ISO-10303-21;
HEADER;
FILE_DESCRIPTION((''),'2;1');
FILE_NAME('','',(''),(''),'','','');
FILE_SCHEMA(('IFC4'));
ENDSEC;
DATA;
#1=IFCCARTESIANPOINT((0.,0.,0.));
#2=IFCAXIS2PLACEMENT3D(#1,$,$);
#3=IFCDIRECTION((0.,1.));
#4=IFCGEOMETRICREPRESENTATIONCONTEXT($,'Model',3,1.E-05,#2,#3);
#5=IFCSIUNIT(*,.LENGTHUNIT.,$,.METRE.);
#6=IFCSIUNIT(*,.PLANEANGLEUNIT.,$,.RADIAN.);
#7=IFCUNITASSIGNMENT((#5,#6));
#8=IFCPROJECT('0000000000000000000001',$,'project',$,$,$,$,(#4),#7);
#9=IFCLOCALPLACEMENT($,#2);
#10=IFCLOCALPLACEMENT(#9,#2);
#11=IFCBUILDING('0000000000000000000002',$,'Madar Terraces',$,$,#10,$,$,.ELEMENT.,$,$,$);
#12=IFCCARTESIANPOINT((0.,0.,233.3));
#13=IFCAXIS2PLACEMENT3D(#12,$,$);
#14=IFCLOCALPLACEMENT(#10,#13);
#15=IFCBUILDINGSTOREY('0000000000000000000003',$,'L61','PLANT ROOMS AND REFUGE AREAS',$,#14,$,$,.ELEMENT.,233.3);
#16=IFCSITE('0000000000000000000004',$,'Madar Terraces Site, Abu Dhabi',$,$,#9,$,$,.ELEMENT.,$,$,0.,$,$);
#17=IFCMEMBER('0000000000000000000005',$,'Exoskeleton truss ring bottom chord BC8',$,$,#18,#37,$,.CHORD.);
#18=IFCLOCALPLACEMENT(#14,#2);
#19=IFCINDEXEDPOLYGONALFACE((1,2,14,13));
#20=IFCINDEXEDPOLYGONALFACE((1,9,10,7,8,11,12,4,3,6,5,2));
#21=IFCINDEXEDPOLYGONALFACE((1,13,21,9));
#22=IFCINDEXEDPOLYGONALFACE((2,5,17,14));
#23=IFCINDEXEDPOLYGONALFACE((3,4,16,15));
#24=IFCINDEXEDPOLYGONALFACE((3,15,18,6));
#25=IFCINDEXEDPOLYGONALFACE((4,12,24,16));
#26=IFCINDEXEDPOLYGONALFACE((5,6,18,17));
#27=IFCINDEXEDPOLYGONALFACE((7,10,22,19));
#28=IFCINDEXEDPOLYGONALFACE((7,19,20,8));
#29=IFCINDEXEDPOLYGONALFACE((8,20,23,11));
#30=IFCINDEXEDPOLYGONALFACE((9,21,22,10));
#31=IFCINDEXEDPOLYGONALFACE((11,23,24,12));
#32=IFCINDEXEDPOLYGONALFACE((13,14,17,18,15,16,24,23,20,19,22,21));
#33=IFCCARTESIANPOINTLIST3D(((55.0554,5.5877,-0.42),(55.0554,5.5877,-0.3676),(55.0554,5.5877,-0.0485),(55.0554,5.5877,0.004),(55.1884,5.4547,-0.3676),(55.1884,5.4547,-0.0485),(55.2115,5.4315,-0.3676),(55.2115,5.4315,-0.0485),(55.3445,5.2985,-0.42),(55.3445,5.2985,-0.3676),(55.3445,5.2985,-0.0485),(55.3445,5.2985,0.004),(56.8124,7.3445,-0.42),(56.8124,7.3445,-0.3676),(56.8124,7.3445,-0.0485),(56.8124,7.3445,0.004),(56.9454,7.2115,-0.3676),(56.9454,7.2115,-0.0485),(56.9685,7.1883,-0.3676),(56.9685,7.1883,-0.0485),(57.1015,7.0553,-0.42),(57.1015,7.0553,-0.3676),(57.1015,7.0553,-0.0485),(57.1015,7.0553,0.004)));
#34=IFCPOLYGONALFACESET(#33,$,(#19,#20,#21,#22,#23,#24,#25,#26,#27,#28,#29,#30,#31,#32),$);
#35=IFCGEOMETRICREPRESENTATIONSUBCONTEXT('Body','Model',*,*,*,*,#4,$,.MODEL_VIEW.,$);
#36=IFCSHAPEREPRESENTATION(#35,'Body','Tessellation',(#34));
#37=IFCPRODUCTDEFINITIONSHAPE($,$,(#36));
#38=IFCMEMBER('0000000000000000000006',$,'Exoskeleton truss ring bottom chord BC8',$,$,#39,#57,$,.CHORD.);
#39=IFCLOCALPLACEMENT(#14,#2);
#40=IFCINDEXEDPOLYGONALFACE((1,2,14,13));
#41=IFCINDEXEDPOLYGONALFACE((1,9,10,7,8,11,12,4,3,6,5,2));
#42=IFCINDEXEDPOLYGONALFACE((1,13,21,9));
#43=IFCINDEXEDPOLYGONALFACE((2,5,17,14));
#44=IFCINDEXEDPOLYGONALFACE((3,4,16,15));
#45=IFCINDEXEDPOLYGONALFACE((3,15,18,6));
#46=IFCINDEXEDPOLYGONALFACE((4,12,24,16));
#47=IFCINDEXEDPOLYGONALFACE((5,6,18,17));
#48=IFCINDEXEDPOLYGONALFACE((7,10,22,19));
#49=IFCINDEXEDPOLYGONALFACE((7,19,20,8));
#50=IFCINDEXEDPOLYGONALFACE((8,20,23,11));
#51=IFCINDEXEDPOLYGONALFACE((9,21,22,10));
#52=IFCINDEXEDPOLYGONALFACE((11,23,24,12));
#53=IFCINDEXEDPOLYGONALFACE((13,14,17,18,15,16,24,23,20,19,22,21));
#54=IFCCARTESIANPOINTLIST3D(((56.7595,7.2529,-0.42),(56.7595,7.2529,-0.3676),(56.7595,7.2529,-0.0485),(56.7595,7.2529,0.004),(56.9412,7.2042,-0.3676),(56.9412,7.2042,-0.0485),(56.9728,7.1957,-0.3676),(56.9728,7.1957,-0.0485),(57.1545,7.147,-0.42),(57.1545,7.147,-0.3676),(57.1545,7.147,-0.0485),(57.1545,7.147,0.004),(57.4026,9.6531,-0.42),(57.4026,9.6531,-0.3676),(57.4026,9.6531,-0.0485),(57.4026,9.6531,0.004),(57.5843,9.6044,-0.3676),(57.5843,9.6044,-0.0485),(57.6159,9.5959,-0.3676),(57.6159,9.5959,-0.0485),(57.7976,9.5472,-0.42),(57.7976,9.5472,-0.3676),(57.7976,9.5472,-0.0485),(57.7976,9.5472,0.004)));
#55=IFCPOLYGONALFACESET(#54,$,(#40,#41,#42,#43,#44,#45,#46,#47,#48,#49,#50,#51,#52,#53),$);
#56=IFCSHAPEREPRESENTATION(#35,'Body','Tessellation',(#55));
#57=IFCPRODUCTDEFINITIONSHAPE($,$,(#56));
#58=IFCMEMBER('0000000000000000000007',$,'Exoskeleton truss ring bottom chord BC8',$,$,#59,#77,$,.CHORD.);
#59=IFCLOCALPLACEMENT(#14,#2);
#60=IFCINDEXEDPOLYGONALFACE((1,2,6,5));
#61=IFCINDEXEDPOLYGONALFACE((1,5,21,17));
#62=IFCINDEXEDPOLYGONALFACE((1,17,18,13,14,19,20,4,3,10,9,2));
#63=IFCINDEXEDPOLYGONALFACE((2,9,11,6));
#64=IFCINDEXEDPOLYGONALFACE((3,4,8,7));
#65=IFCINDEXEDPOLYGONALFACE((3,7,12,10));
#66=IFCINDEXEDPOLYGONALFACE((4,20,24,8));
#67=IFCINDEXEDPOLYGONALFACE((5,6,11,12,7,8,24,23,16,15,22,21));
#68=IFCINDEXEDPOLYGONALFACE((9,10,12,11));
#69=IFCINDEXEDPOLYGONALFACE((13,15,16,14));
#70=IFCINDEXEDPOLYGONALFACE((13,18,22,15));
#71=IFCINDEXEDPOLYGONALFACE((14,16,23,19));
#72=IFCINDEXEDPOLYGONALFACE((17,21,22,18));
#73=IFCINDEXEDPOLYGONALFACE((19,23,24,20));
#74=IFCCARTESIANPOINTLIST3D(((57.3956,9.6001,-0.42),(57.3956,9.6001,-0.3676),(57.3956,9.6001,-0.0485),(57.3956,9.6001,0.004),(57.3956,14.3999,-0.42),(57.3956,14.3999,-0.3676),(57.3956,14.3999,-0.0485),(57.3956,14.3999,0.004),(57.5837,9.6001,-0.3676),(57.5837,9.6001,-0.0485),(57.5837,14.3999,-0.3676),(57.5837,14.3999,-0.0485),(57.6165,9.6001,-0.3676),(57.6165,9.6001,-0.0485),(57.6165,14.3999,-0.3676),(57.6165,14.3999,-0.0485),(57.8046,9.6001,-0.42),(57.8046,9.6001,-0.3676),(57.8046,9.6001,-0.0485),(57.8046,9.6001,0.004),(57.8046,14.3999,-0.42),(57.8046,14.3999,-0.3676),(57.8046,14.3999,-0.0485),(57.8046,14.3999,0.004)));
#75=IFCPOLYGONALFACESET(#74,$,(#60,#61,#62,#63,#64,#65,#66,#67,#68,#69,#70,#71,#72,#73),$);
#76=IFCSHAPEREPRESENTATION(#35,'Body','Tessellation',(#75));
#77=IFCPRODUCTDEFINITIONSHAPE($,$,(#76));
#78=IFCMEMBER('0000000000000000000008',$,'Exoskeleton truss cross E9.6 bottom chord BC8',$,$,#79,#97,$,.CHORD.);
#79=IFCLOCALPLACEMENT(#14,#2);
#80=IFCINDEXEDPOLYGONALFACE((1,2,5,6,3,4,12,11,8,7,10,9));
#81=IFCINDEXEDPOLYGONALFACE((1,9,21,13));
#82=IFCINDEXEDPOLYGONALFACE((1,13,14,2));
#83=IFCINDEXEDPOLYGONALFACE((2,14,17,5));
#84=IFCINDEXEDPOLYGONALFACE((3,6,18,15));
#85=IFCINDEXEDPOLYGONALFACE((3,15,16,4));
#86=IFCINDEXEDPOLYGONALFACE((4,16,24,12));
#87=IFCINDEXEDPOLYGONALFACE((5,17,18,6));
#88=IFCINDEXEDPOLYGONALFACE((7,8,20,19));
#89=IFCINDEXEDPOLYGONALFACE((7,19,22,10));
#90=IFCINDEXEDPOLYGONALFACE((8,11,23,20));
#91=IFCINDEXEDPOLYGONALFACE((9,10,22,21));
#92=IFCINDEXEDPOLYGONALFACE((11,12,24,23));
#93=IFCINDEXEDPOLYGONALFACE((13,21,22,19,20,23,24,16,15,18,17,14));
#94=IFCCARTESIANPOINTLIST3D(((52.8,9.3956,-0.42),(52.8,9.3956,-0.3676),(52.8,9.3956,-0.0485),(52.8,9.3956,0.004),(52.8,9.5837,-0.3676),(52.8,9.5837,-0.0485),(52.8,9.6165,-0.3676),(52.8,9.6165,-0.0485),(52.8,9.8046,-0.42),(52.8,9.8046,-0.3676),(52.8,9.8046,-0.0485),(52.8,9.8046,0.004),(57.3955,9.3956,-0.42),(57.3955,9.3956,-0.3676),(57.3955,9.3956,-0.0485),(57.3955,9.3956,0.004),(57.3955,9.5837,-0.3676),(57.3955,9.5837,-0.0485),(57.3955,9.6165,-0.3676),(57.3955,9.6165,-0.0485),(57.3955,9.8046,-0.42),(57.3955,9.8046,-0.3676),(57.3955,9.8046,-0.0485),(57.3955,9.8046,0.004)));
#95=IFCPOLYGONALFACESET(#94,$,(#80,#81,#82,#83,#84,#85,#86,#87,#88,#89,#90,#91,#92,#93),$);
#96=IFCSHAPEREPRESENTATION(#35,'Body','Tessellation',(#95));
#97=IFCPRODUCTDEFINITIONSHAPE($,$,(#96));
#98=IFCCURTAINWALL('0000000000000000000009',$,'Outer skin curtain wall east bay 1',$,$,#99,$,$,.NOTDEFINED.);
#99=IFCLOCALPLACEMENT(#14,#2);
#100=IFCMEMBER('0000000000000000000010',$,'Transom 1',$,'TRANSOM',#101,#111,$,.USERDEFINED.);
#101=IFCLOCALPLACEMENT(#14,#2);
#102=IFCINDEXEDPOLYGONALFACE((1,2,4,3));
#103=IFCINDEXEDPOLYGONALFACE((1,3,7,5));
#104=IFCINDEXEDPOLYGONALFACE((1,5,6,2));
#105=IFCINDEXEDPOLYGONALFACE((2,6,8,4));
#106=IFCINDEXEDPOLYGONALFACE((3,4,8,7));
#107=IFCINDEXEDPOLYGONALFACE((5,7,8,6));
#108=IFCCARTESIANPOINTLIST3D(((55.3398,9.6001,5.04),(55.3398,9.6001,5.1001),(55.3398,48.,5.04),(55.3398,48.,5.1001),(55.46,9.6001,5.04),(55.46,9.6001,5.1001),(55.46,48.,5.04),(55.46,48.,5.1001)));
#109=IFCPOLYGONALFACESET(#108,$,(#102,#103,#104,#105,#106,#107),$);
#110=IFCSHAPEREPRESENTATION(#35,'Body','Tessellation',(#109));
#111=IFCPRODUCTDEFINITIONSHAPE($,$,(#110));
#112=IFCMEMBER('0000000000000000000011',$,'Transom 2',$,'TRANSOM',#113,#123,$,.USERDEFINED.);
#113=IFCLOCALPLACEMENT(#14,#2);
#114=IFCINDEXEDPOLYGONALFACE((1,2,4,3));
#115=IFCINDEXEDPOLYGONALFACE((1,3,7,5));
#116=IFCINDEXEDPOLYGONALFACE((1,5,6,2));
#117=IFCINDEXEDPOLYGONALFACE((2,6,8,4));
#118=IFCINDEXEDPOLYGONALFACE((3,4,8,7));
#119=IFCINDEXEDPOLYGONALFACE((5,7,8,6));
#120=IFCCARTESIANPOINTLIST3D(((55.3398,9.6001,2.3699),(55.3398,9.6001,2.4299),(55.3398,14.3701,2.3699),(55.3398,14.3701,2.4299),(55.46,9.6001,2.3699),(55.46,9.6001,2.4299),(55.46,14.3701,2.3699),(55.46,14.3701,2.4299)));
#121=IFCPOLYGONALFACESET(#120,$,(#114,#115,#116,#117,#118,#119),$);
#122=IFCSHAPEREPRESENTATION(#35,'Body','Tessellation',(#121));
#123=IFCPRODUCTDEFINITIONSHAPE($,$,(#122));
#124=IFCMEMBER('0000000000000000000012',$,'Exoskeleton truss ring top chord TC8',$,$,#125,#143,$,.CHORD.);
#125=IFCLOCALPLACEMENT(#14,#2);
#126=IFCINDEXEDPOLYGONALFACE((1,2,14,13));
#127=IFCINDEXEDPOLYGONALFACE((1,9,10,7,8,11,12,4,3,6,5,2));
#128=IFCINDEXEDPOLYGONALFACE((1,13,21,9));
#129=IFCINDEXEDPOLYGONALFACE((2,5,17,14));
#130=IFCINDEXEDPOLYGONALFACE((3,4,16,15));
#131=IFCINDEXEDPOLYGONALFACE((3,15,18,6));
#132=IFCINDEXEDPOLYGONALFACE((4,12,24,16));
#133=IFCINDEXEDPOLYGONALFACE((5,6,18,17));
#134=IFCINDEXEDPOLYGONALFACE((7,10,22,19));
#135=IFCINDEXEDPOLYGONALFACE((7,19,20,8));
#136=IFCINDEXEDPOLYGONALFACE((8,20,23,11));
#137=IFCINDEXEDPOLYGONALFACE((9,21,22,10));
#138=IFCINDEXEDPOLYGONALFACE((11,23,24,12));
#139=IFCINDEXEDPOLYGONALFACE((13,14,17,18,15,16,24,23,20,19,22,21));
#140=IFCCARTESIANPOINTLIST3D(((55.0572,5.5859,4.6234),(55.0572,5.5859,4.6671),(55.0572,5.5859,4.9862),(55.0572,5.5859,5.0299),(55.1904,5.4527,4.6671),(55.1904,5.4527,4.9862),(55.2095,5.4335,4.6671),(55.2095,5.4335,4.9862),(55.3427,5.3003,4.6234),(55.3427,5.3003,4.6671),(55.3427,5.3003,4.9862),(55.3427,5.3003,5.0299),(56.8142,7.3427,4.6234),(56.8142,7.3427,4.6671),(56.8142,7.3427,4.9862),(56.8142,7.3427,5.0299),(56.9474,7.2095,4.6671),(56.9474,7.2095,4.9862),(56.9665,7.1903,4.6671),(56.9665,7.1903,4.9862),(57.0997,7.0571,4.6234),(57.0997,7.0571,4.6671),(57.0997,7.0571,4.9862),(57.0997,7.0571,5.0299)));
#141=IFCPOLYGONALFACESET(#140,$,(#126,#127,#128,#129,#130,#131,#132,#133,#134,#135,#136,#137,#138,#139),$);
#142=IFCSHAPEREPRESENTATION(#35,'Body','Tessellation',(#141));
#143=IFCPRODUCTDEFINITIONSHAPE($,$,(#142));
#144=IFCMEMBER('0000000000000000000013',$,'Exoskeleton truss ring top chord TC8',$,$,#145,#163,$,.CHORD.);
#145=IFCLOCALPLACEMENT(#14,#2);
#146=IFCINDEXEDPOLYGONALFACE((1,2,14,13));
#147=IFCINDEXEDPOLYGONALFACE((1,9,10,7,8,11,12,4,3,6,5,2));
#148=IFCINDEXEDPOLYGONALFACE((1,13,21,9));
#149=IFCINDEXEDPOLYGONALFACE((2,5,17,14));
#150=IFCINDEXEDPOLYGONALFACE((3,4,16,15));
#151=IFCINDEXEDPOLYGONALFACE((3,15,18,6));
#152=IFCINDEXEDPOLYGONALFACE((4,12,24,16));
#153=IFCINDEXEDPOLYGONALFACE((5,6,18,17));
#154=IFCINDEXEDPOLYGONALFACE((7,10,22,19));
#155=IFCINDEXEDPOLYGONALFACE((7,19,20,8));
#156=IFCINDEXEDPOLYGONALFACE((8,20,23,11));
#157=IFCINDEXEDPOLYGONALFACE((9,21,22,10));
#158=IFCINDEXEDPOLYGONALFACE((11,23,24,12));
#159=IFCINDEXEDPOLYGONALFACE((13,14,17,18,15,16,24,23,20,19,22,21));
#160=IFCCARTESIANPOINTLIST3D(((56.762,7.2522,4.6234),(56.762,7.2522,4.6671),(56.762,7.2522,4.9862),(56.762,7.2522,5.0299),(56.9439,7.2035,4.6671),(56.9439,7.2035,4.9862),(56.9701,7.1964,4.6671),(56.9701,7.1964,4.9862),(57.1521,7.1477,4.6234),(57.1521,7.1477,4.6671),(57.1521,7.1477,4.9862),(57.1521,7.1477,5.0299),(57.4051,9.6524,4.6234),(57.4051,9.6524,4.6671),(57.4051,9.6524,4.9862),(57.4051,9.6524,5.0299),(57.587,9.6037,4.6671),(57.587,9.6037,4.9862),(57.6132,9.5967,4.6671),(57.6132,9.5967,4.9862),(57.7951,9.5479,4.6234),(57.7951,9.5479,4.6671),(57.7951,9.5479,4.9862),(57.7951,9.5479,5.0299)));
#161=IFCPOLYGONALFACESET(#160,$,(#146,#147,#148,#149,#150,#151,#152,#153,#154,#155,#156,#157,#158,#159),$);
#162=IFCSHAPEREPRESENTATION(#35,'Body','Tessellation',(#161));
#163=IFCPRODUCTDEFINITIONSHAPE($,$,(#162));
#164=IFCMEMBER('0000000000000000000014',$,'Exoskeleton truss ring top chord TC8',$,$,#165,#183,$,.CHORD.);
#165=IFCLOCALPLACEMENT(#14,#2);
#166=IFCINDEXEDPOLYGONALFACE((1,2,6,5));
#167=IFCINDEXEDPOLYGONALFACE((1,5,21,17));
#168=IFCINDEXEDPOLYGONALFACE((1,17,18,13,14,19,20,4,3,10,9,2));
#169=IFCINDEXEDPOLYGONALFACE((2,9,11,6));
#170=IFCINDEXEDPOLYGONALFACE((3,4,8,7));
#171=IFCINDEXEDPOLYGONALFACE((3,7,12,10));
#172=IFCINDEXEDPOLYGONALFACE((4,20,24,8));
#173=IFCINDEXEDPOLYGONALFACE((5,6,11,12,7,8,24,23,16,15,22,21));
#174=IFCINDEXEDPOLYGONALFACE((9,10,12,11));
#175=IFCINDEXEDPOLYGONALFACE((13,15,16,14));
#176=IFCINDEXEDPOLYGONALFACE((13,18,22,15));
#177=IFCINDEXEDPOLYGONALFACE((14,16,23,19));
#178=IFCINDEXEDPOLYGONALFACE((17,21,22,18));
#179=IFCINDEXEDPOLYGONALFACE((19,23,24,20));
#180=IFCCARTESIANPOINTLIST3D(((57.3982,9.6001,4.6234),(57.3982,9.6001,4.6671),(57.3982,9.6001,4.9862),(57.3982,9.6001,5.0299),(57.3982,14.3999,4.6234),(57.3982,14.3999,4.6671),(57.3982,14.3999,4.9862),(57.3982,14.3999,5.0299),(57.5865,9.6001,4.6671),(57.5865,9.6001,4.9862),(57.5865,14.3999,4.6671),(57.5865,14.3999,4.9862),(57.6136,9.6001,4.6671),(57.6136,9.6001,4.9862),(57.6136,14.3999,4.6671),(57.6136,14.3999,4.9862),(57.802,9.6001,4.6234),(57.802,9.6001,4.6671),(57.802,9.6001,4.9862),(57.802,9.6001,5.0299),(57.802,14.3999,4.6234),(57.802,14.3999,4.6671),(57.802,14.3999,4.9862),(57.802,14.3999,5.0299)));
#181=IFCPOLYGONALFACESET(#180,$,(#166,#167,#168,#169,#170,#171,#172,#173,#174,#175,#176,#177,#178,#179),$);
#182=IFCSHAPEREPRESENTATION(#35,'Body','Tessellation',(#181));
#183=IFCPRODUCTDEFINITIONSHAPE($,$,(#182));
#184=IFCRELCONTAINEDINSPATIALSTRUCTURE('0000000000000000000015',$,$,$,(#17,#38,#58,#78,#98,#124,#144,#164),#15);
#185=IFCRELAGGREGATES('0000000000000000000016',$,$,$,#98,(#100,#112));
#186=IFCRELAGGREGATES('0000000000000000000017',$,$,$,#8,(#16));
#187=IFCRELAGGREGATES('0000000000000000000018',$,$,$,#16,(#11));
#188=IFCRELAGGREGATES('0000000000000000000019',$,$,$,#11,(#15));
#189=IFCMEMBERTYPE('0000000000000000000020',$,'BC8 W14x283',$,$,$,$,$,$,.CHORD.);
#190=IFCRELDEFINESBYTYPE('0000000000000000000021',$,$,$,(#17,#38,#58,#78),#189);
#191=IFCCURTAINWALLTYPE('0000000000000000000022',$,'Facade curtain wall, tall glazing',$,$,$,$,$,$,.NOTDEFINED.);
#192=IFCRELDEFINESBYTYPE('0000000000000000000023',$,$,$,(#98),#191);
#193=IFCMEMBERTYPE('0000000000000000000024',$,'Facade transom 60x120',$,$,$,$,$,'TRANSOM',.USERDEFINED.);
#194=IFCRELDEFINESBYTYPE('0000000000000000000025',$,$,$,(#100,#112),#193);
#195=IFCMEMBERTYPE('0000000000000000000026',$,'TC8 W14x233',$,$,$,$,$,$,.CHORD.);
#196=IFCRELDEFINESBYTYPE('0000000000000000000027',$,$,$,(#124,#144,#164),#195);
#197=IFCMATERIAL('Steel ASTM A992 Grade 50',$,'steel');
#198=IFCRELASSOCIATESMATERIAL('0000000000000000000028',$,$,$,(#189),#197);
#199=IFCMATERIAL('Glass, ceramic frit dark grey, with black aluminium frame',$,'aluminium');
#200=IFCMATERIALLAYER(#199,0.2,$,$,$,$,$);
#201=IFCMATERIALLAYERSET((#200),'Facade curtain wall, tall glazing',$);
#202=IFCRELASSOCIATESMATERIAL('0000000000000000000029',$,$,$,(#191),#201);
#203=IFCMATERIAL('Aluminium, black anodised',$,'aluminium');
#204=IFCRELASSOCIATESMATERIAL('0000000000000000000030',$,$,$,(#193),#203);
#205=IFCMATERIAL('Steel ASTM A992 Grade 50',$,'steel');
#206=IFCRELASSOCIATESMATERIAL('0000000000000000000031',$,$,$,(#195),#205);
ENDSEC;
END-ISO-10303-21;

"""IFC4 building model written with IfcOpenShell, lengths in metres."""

from ifc_helpers import new_model, si_unit, direction, frame, origin, origin_2d, place, context, subcontext, project, spatial, rectangle, i_section, extrude, material, layer, layer_set, material_profile, profile_set, type_object, element, aggregate, save


model = new_model("IFC4")

# Units and contexts
model_context = context("Model", 3, precision=1e-05, world=origin(), true_north=direction((0.0, 1.0)))
body_context = subcontext(model_context, "Body", "Model", "MODEL_VIEW")
ifc_project = project(units=[si_unit("LENGTHUNIT", "METRE"), si_unit("PLANEANGLEUNIT", "RADIAN")], contexts=[model_context])

# Site, building, storey
site_placement = place(None, origin())
site = spatial("IfcSite", under=ifc_project, at=site_placement, Name="Madar Terraces Site, Abu Dhabi", CompositionType="ELEMENT", RefElevation=0.0)
building_placement = place(site_placement, origin())
building = spatial("IfcBuilding", under=site, at=building_placement, Name="Madar Terraces", CompositionType="ELEMENT")
storey_placement = place(building_placement, frame((0.0, 0.0, 233.3)))
storey = spatial("IfcBuildingStorey", under=building, at=storey_placement, Name="L61", Description="PLANT ROOMS AND REFUGE AREAS", CompositionType="ELEMENT", Elevation=233.3)

# Members
ifc_material_1 = material(Name="Steel ASTM A992 Grade 50", Category="steel")
ifc_material_profile_1 = material_profile(ifc_material_1, i_section(OverallWidth=0.4089, OverallDepth=0.4241, WebThickness=0.0327, FlangeThickness=0.0525, at=origin_2d()), Name="W14x283")
ifc_profile_set_1 = profile_set([ifc_material_profile_1], Name="Steel ASTM A992 Grade 50")
member_type_1 = type_object("IfcMemberType", Name="BC8 W14x283", PredefinedType="CHORD", material=ifc_profile_set_1)
member_1_placement = place(storey_placement, frame((55.2, 5.4431, -0.208), z_axis=(0.707156, 0.707058, 0.0), x_axis=(-0.707058, 0.707156, 0.0)))
element("IfcMember", 1, at=member_1_placement, inside=storey, type_object=member_type_1, Name="Exoskeleton truss ring bottom chord BC8", PredefinedType="CHORD", context=body_context, shape_type="SweptSolid", body=[
    extrude(i_section(OverallWidth=0.4089, OverallDepth=0.4241, WebThickness=0.0327, FlangeThickness=0.0525, at=origin_2d()), origin(), (0.0, 0.0, 1.0), 2.4846),
])
member_2_placement = place(storey_placement, frame((56.957, 7.2, -0.208), z_axis=(0.2588, 0.965931, 0.0), x_axis=(-0.965931, 0.2588, 0.0)))
element("IfcMember", 2, at=member_2_placement, inside=storey, type_object=member_type_1, Name="Exoskeleton truss ring bottom chord BC8", PredefinedType="CHORD", context=body_context, shape_type="SweptSolid", body=[
    extrude(i_section(OverallWidth=0.4089, OverallDepth=0.4241, WebThickness=0.0327, FlangeThickness=0.0525, at=origin_2d()), origin(), (0.0, 0.0, 1.0), 2.4849),
])
member_3_placement = place(storey_placement, frame((57.6001, 9.6001, -0.208), z_axis=(0.0, 1.0, 0.0), x_axis=(-1.0, 0.0, 0.0)))
element("IfcMember", 3, at=member_3_placement, inside=storey, type_object=member_type_1, Name="Exoskeleton truss ring bottom chord BC8", PredefinedType="CHORD", context=body_context, shape_type="SweptSolid", body=[
    extrude(i_section(OverallWidth=0.4089, OverallDepth=0.4241, WebThickness=0.0327, FlangeThickness=0.0525, at=origin_2d()), origin(), (0.0, 0.0, 1.0), 4.7998),
])
member_4_placement = place(storey_placement, frame((57.3955, 9.6001, -0.208), z_axis=(-1.0, 0.0, 0.0), x_axis=(0.0, -1.0, 0.0)))
element("IfcMember", 4, at=member_4_placement, inside=storey, type_object=member_type_1, Name="Exoskeleton truss cross E9.6 bottom chord BC8", PredefinedType="CHORD", context=body_context, shape_type="SweptSolid", body=[
    extrude(i_section(OverallWidth=0.4089, OverallDepth=0.4241, WebThickness=0.0327, FlangeThickness=0.0525, at=origin_2d()), origin(), (0.0, 0.0, 1.0), 4.5955),
])

# Curtain wall, members
ifc_material_2 = material(Name="Glass, ceramic frit dark grey, with black aluminium frame", Category="aluminium")
ifc_layer_1 = layer(ifc_material_2, 0.2)
ifc_layer_set_1 = layer_set([ifc_layer_1], Name="Facade curtain wall, tall glazing")
curtain_wall_type = type_object("IfcCurtainWallType", Name="Facade curtain wall, tall glazing", PredefinedType="NOTDEFINED", material=ifc_layer_set_1)
curtain_wall_1_placement = place(storey_placement, origin())
curtain_wall_1 = element("IfcCurtainWall", 5, at=curtain_wall_1_placement, inside=storey, type_object=curtain_wall_type, Name="Outer skin curtain wall east bay 1", PredefinedType="NOTDEFINED")
ifc_material_3 = material(Name="Aluminium, black anodised", Category="aluminium")
ifc_material_profile_2 = material_profile(ifc_material_3, rectangle(XDim=0.1201, YDim=0.0601, at=origin_2d()), Name="Facade transom 60x120")
ifc_profile_set_2 = profile_set([ifc_material_profile_2], Name="Aluminium, black anodised")
member_type_2 = type_object("IfcMemberType", Name="Facade transom 60x120", ElementType="TRANSOM", PredefinedType="USERDEFINED", material=ifc_profile_set_2)
member_5_placement = place(storey_placement, frame((55.3999, 9.6001, 5.0701), z_axis=(0.0, 1.0, 0.0), x_axis=(-1.0, 0.0, 0.0)))
member_5 = element("IfcMember", 6, at=member_5_placement, type_object=member_type_2, Name="Transom 1", ObjectType="TRANSOM", PredefinedType="USERDEFINED", context=body_context, shape_type="SweptSolid", body=[
    extrude(rectangle(XDim=0.1201, YDim=0.0601, at=origin_2d()), origin(), (0.0, 0.0, 1.0), 38.3999),
])
member_6_placement = place(storey_placement, frame((55.3999, 9.6001, 2.3999), z_axis=(0.0, 1.0, 0.0), x_axis=(-1.0, 0.0, 0.0)))
member_6 = element("IfcMember", 7, at=member_6_placement, type_object=member_type_2, Name="Transom 2", ObjectType="TRANSOM", PredefinedType="USERDEFINED", context=body_context, shape_type="SweptSolid", body=[
    extrude(rectangle(XDim=0.1201, YDim=0.0601, at=origin_2d()), origin(), (0.0, 0.0, 1.0), 4.77),
])
aggregate(curtain_wall_1, [member_5, member_6])

# Members
ifc_material_4 = material(Name="Steel ASTM A992 Grade 50", Category="steel")
ifc_material_profile_3 = material_profile(ifc_material_4, i_section(OverallWidth=0.4038, OverallDepth=0.4065, WebThickness=0.0271, FlangeThickness=0.0437, at=origin_2d()), Name="W14x233")
ifc_profile_set_3 = profile_set([ifc_material_profile_3], Name="Steel ASTM A992 Grade 50")
member_type_3 = type_object("IfcMemberType", Name="TC8 W14x233", PredefinedType="CHORD", material=ifc_profile_set_3)
member_7_placement = place(storey_placement, frame((55.2, 5.4431, 4.8267), z_axis=(0.707156, 0.707058, 0.0), x_axis=(-0.707058, 0.707156, 0.0)))
element("IfcMember", 8, at=member_7_placement, inside=storey, type_object=member_type_3, Name="Exoskeleton truss ring top chord TC8", PredefinedType="CHORD", context=body_context, shape_type="SweptSolid", body=[
    extrude(i_section(OverallWidth=0.4038, OverallDepth=0.4065, WebThickness=0.0271, FlangeThickness=0.0437, at=origin_2d()), origin(), (0.0, 0.0, 1.0), 2.4846),
])
member_8_placement = place(storey_placement, frame((56.957, 7.2, 4.8267), z_axis=(0.2588, 0.965931, 0.0), x_axis=(-0.965931, 0.2588, 0.0)))
element("IfcMember", 9, at=member_8_placement, inside=storey, type_object=member_type_3, Name="Exoskeleton truss ring top chord TC8", PredefinedType="CHORD", context=body_context, shape_type="SweptSolid", body=[
    extrude(i_section(OverallWidth=0.4038, OverallDepth=0.4065, WebThickness=0.0271, FlangeThickness=0.0437, at=origin_2d()), origin(), (0.0, 0.0, 1.0), 2.4849),
])
member_9_placement = place(storey_placement, frame((57.6001, 9.6001, 4.8267), z_axis=(0.0, 1.0, 0.0), x_axis=(-1.0, 0.0, 0.0)))
element("IfcMember", 10, at=member_9_placement, inside=storey, type_object=member_type_3, Name="Exoskeleton truss ring top chord TC8", PredefinedType="CHORD", context=body_context, shape_type="SweptSolid", body=[
    extrude(i_section(OverallWidth=0.4038, OverallDepth=0.4065, WebThickness=0.0271, FlangeThickness=0.0437, at=origin_2d()), origin(), (0.0, 0.0, 1.0), 4.7998),
])

save(model, "model.ifc")
